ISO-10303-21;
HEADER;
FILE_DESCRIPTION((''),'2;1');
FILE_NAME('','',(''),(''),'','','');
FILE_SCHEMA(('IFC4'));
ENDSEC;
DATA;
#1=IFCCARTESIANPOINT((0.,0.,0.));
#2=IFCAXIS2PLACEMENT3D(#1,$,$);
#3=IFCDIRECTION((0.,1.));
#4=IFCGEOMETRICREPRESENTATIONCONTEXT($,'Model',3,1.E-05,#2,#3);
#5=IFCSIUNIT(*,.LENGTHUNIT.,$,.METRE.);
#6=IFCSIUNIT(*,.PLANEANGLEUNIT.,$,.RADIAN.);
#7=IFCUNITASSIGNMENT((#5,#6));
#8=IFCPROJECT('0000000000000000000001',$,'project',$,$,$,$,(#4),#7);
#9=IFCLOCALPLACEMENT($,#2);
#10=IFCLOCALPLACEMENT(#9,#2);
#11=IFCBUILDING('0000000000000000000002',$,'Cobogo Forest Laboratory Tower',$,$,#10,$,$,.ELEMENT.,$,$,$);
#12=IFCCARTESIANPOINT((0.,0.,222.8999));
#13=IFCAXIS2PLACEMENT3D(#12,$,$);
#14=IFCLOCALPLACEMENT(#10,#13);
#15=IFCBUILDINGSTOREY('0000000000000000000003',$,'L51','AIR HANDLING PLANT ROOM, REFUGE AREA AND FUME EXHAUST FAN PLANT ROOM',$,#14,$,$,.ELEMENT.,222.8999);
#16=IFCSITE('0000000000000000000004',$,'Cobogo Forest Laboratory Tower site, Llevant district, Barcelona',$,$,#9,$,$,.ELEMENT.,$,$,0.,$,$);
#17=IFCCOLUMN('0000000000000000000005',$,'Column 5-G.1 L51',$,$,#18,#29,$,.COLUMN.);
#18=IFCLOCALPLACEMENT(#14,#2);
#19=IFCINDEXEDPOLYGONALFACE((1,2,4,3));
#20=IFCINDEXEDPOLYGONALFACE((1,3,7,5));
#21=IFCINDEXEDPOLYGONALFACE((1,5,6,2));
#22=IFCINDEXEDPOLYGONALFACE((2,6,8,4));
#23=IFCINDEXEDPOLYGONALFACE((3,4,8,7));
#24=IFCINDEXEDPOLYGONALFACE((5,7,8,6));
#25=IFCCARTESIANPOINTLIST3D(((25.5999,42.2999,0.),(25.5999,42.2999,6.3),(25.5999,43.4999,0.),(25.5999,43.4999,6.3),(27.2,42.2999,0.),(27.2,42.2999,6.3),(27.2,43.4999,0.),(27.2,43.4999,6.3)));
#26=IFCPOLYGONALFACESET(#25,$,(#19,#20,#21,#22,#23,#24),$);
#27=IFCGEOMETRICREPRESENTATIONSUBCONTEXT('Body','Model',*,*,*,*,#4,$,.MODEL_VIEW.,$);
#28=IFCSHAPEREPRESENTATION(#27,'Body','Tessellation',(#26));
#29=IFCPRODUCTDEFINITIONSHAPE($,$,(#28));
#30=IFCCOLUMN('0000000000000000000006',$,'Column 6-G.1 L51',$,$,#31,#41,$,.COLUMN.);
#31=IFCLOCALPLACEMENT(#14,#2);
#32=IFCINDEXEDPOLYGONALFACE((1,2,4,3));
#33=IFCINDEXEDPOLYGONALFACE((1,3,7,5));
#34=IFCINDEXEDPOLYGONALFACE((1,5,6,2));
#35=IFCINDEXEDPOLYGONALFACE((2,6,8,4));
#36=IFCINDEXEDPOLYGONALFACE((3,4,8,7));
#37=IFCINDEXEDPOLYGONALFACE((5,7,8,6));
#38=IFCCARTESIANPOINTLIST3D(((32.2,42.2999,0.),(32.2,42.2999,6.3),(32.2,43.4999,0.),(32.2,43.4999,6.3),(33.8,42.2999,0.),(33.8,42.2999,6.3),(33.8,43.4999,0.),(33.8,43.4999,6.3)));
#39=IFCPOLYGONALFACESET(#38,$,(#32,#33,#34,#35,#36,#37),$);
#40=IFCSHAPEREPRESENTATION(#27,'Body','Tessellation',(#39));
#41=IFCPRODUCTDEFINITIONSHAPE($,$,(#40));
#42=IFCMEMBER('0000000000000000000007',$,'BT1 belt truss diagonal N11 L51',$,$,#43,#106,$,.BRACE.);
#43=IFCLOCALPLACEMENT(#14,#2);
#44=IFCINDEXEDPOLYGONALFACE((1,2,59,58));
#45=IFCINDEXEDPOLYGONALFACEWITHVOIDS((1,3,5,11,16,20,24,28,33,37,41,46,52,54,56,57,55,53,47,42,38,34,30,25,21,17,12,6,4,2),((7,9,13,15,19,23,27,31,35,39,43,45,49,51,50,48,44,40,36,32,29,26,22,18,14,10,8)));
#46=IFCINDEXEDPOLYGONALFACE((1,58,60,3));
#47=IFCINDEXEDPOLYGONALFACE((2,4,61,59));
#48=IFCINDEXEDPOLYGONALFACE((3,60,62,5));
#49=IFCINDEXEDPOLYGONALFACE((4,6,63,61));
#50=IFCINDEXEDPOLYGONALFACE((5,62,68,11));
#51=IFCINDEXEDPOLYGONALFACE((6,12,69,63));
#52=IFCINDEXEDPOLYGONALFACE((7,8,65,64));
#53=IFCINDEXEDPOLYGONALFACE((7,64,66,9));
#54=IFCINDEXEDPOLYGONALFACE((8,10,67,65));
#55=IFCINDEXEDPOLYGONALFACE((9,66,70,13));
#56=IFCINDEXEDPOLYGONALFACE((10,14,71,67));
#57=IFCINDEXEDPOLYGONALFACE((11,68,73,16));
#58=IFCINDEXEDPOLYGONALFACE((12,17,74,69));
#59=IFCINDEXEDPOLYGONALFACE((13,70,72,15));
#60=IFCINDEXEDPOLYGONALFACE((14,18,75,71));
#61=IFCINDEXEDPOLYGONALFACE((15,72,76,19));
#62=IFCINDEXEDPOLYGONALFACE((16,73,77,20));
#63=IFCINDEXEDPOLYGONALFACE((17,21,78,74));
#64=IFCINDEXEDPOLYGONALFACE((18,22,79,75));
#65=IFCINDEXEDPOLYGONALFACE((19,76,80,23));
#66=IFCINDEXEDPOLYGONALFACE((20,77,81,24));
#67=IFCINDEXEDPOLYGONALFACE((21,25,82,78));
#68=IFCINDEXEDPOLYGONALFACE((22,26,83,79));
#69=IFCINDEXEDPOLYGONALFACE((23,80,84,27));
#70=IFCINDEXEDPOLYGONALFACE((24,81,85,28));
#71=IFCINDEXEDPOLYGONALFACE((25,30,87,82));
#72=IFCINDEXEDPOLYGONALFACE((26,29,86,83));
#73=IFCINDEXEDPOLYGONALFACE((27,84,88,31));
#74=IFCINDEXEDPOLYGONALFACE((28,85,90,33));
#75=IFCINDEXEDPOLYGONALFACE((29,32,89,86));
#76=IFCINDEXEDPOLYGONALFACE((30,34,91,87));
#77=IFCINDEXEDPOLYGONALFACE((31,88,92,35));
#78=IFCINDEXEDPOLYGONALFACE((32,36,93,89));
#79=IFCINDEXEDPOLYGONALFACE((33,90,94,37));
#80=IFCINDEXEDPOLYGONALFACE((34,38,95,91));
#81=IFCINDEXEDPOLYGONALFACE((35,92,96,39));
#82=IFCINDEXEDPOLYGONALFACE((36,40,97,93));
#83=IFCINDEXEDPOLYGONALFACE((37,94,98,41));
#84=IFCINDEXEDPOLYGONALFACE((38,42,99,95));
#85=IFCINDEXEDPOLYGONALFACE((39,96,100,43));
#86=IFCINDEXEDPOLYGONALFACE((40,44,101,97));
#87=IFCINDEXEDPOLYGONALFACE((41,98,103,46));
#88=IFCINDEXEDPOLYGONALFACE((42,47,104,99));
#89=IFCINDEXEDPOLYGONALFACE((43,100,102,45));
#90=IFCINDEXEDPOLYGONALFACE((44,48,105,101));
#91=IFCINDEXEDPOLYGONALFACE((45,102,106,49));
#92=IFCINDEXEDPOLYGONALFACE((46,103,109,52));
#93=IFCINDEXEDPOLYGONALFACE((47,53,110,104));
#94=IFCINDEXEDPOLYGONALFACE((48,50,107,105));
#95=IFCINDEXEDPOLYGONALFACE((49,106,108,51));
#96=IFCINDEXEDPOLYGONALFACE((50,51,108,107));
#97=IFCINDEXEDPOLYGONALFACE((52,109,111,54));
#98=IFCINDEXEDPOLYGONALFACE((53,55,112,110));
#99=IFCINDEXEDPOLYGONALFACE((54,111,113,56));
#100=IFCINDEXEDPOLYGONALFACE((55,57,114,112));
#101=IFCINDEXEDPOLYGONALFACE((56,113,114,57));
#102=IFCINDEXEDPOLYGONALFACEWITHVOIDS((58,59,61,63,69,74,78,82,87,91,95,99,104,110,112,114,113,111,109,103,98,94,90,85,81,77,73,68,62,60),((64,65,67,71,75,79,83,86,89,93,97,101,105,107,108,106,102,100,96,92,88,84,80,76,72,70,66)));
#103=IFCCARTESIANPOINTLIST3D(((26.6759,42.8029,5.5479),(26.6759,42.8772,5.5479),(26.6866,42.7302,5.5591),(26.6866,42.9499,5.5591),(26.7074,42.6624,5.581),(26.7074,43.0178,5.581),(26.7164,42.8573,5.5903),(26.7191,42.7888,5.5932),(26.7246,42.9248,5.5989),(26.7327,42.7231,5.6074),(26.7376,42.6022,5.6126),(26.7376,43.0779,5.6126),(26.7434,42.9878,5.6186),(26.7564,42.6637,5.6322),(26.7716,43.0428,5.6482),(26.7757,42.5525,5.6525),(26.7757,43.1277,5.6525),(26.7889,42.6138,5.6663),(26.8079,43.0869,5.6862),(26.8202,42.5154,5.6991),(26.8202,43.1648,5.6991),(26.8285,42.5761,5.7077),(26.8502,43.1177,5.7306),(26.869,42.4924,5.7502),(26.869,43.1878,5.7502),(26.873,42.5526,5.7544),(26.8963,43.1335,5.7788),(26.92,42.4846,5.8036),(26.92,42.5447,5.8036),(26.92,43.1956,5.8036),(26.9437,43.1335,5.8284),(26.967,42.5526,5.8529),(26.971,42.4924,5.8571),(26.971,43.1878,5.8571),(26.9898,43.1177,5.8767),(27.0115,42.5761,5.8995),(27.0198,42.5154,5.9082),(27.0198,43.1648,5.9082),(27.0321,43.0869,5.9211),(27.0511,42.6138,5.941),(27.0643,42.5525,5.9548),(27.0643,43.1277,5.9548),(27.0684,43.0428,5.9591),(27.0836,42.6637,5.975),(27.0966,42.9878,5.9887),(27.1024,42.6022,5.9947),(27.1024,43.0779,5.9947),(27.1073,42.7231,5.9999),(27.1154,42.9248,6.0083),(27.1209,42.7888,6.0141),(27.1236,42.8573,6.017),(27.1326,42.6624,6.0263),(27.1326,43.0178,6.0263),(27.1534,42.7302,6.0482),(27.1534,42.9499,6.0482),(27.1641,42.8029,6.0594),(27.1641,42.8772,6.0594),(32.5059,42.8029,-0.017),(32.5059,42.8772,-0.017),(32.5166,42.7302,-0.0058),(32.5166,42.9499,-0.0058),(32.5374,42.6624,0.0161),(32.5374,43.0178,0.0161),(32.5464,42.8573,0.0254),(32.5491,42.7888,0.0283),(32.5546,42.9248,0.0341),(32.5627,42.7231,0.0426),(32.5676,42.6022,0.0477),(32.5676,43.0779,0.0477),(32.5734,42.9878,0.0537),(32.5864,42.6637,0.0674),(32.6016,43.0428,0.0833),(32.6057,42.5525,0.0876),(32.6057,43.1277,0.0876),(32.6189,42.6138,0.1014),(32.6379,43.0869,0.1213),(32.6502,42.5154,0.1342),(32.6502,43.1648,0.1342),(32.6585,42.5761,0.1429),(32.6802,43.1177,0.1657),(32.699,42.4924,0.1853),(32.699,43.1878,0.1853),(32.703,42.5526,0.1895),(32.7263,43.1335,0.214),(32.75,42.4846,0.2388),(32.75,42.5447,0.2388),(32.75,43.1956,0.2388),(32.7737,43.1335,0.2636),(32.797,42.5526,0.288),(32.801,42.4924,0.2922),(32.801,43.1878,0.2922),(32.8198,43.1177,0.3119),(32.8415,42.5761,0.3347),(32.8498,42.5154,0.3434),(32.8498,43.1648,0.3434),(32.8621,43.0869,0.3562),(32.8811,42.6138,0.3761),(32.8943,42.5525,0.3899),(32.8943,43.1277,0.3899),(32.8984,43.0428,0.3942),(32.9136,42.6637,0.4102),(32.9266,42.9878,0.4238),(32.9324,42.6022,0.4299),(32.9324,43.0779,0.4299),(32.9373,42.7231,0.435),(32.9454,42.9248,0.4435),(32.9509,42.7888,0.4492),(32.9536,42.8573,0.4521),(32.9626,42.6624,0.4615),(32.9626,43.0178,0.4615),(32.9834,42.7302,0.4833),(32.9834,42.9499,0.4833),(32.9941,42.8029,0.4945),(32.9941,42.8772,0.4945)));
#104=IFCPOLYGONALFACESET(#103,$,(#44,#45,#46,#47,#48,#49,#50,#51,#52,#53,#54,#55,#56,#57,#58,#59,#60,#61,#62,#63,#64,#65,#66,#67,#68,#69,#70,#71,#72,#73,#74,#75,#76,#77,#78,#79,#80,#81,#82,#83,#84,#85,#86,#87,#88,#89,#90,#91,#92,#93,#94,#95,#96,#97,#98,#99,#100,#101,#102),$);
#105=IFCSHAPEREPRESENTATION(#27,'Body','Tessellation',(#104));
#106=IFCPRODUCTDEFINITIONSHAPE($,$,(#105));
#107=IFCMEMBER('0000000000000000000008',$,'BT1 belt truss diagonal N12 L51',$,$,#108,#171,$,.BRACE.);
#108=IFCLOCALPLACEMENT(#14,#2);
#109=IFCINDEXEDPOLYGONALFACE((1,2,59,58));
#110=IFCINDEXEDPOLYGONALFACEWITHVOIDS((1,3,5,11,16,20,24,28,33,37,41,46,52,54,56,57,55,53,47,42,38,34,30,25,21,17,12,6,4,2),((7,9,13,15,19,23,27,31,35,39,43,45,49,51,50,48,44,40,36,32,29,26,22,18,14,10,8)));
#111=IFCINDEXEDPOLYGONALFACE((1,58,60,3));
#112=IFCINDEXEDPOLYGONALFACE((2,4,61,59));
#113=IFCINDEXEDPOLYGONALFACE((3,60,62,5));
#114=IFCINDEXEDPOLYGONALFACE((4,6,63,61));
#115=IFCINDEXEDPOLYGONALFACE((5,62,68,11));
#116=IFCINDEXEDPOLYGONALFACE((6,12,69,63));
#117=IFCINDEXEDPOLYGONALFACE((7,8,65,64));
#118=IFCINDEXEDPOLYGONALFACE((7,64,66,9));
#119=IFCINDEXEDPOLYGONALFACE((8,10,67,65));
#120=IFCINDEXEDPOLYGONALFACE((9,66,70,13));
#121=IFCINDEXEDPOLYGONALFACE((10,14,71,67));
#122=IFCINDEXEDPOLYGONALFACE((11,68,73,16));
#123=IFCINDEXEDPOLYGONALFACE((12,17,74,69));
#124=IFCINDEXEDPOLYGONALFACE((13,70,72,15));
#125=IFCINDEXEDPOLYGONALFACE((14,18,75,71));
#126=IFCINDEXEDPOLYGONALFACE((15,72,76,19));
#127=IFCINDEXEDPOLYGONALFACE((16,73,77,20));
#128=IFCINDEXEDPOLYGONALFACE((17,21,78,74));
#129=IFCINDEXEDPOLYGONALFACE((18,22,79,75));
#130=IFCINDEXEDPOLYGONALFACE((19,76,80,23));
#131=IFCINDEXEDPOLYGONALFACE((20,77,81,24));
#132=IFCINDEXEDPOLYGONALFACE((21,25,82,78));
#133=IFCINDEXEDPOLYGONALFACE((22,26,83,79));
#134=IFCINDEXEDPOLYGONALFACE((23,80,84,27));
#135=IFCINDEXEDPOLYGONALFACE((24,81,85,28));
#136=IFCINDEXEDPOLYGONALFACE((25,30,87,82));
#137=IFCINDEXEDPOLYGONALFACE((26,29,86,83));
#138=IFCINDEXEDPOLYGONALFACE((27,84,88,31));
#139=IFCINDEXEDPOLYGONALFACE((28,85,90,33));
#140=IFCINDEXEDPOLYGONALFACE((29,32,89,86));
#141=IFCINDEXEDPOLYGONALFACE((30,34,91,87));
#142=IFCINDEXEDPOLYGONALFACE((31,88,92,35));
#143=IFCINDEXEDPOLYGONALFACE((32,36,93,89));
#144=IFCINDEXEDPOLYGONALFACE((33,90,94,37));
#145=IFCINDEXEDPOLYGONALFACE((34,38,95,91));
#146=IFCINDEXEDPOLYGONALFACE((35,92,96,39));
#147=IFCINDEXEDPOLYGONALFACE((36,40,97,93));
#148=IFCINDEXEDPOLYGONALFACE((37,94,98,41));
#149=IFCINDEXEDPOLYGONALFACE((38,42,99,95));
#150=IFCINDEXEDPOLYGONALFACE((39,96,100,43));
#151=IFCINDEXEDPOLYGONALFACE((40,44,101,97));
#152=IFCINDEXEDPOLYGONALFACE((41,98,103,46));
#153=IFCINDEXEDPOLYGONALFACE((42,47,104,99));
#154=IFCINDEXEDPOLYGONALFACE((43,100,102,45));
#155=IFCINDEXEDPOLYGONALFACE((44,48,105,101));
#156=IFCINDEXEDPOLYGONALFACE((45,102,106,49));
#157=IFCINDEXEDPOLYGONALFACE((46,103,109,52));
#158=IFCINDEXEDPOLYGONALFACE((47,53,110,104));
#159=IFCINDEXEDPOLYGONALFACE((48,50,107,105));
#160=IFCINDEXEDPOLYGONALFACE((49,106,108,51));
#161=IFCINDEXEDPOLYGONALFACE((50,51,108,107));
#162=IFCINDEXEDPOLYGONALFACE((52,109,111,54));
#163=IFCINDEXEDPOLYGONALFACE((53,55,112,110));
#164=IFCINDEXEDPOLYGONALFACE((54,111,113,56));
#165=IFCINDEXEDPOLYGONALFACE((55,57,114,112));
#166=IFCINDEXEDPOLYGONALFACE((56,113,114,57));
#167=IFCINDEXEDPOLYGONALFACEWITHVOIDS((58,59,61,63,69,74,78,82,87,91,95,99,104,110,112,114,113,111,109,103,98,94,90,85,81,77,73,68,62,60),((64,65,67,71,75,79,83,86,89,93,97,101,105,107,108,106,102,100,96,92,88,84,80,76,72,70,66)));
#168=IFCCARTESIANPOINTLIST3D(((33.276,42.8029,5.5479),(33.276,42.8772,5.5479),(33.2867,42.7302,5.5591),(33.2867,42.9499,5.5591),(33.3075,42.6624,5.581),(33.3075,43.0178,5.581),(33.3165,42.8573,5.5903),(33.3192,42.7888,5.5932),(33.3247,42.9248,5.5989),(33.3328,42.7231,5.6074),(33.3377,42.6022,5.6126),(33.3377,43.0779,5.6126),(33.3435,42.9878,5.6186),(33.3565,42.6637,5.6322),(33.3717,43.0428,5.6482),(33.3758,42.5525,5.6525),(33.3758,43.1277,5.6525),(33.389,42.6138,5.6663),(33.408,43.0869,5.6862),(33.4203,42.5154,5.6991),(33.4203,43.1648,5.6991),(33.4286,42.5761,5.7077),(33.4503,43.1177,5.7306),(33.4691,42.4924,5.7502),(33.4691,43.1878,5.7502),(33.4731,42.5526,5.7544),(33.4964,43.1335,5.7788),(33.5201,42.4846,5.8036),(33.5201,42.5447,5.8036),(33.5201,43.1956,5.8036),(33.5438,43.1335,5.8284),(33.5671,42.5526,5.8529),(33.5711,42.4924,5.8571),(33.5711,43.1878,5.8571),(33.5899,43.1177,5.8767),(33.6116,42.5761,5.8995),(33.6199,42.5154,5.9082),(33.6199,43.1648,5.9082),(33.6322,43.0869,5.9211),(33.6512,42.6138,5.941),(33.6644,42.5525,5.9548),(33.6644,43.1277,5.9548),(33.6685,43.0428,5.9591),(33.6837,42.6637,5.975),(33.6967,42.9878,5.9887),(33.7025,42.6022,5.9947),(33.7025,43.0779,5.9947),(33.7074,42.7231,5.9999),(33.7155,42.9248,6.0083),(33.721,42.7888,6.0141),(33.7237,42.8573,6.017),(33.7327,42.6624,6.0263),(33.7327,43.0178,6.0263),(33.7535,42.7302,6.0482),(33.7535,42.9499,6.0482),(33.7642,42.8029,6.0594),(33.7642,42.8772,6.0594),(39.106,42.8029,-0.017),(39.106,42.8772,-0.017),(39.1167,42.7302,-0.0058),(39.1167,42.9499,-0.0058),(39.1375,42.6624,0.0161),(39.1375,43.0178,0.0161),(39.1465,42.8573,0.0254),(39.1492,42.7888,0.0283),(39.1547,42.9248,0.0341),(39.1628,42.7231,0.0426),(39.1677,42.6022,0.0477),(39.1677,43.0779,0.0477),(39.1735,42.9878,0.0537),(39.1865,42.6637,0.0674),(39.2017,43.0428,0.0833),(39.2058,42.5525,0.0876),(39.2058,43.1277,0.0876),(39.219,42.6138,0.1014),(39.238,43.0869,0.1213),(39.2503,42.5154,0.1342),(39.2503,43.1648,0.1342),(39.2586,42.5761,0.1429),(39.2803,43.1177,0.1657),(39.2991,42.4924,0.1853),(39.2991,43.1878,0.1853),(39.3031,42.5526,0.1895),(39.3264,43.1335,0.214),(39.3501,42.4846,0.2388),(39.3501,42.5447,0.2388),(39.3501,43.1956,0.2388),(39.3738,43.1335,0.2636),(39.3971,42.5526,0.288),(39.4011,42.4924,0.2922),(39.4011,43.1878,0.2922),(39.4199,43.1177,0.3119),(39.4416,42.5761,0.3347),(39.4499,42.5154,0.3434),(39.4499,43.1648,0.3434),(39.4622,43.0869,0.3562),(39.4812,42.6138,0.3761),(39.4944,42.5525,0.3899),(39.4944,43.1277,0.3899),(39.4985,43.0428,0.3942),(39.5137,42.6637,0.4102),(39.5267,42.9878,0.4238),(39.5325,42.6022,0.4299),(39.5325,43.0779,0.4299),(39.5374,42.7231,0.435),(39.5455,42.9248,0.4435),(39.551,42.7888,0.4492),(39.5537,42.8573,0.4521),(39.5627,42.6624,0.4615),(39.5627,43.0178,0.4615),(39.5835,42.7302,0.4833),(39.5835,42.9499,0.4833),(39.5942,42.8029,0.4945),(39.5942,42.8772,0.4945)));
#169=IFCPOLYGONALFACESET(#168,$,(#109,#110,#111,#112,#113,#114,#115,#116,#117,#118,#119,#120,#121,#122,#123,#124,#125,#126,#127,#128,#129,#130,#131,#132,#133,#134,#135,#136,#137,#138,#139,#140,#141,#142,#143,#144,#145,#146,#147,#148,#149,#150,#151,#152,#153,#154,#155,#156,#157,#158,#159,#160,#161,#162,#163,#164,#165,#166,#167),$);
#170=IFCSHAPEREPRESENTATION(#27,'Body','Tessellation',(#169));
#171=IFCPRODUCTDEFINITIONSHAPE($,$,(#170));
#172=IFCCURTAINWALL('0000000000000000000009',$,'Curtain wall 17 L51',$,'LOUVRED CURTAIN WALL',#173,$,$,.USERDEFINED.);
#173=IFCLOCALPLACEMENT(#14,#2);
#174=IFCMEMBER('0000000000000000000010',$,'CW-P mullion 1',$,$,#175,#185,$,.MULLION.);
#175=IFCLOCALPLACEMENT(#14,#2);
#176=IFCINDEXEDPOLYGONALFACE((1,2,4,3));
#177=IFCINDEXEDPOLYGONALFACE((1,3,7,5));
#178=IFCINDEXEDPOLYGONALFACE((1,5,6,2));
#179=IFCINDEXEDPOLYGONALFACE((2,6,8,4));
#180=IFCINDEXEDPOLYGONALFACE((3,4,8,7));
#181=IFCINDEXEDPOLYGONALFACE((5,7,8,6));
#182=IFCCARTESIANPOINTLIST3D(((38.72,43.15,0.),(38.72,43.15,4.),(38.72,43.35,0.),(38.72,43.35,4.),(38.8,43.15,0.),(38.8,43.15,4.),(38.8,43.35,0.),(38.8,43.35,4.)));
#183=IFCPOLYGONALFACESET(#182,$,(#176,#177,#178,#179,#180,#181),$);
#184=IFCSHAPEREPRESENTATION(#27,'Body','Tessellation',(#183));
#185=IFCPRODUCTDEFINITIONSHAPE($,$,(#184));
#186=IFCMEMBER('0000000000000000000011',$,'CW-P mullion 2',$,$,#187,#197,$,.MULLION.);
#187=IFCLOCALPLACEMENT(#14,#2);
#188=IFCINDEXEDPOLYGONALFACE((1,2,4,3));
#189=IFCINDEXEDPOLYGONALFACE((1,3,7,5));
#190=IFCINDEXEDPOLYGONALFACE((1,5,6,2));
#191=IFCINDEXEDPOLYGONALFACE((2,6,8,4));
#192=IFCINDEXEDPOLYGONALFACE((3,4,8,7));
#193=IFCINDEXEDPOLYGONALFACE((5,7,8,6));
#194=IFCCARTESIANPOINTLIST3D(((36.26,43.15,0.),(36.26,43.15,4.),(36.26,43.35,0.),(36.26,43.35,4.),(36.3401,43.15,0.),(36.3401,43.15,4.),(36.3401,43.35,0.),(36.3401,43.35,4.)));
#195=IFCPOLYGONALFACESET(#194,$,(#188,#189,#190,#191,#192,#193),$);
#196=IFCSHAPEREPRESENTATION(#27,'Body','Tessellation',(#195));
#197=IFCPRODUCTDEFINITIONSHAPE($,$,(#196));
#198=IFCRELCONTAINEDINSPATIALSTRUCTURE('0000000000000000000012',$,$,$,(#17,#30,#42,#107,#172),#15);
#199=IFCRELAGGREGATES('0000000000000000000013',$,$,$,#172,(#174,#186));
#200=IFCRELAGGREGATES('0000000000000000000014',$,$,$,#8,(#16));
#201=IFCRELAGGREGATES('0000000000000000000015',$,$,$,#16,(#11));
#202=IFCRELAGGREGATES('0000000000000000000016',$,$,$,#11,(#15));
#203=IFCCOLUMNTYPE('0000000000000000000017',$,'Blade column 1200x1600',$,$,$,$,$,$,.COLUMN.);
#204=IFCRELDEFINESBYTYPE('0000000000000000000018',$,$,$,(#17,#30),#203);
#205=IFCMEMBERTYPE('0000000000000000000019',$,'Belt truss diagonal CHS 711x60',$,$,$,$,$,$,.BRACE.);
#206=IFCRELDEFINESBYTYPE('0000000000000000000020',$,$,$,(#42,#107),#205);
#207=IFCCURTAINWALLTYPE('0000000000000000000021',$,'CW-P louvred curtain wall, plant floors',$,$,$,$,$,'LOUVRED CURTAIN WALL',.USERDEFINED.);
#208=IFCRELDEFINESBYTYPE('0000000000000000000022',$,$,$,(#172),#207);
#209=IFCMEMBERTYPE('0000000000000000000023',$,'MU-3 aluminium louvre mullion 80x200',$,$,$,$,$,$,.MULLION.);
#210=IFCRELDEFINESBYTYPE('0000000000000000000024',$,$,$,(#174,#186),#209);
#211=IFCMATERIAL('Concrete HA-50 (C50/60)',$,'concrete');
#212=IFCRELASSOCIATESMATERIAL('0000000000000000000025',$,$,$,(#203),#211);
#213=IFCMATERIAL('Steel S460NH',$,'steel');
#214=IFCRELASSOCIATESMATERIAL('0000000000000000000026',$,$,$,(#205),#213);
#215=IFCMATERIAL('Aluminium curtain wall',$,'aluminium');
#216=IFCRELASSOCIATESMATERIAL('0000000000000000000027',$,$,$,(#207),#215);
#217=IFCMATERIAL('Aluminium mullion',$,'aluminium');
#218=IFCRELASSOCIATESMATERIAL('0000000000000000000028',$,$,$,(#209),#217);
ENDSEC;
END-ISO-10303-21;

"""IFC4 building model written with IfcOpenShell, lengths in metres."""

from ifc_helpers import new_model, si_unit, direction, frame, origin, origin_2d, place, context, subcontext, project, spatial, rectangle, hollow_circle, extrude, material, material_profile, profile_set, type_object, element, aggregate, save


model = new_model("IFC4")

# Units and contexts
model_context = context("Model", 3, precision=1e-05, world=origin(), true_north=direction((0.0, 1.0)))
body_context = subcontext(model_context, "Body", "Model", "MODEL_VIEW")
ifc_project = project(units=[si_unit("LENGTHUNIT", "METRE"), si_unit("PLANEANGLEUNIT", "RADIAN")], contexts=[model_context])

# Site, building, storey
site_placement = place(None, origin())
site = spatial("IfcSite", under=ifc_project, at=site_placement, Name="Cobogo Forest Laboratory Tower site, Llevant district, Barcelona", CompositionType="ELEMENT", RefElevation=0.0)
building_placement = place(site_placement, origin())
building = spatial("IfcBuilding", under=site, at=building_placement, Name="Cobogo Forest Laboratory Tower", CompositionType="ELEMENT")
storey_placement = place(building_placement, frame((0.0, 0.0, 222.8999)))
storey = spatial("IfcBuildingStorey", under=building, at=storey_placement, Name="L51", Description="AIR HANDLING PLANT ROOM, REFUGE AREA AND FUME EXHAUST FAN PLANT ROOM", CompositionType="ELEMENT", Elevation=222.8999)

# Columns
ifc_material_1 = material(Name="Concrete HA-50 (C50/60)", Category="concrete")
ifc_material_profile_1 = material_profile(ifc_material_1, rectangle(XDim=1.6001, YDim=1.2, at=origin_2d()), Name="RC 1200x1600")
ifc_profile_set_1 = profile_set([ifc_material_profile_1], Name="Concrete HA-50 (C50/60)")
column_type = type_object("IfcColumnType", Name="Blade column 1200x1600", PredefinedType="COLUMN", material=ifc_profile_set_1)
for number, where, z_axis, x_axis, name in (
    (1, (26.3999, 42.8999, 0.0), (0.0, 0.0, 1.0), (1.0, 0.0, 0.0), "Column 5-G.1 L51"),
    (2, (33.0, 42.8999, 0.0), (0.0, 0.0, 1.0), (1.0, 0.0, 0.0), "Column 6-G.1 L51"),
):
    element("IfcColumn", number, at=place(storey_placement, frame(where, z_axis=z_axis, x_axis=x_axis)), inside=storey, type_object=column_type, Name=name, PredefinedType="COLUMN", context=body_context, shape_type="SweptSolid", body=[
        extrude(rectangle(XDim=1.6001, YDim=1.2, at=origin_2d()), origin(), (0.0, 0.0, 1.0), 6.3),
    ])

# Members
ifc_material_2 = material(Name="Steel S460NH", Category="steel")
ifc_material_profile_2 = material_profile(ifc_material_2, hollow_circle(Radius=0.3555, WallThickness=0.0601, at=origin_2d()), Name="CHS 711x60")
ifc_profile_set_2 = profile_set([ifc_material_profile_2], Name="Steel S460NH")
member_type_1 = type_object("IfcMemberType", Name="Belt truss diagonal CHS 711x60", PredefinedType="BRACE", material=ifc_profile_set_2)
for number, where, z_axis, x_axis, name in (
    (3, (32.75, 42.8401, 0.2388), (-0.723364, 0.0, 0.690467), (0.0, -1.0, 0.0), "BT1 belt truss diagonal N11 L51"),
    (4, (39.3501, 42.8401, 0.2388), (-0.723364, 0.0, 0.690467), (0.0, -1.0, 0.0), "BT1 belt truss diagonal N12 L51"),
):
    element("IfcMember", number, at=place(storey_placement, frame(where, z_axis=z_axis, x_axis=x_axis)), inside=storey, type_object=member_type_1, Name=name, PredefinedType="BRACE", context=body_context, shape_type="SweptSolid", body=[
        extrude(hollow_circle(Radius=0.3555, WallThickness=0.0601, at=origin_2d()), origin(), (0.0, 0.0, 1.0), 8.0596),
    ])

# Curtain wall, members
ifc_material_3 = material(Name="Aluminium curtain wall", Category="aluminium")
curtain_wall_type = type_object("IfcCurtainWallType", Name="CW-P louvred curtain wall, plant floors", ElementType="LOUVRED CURTAIN WALL", PredefinedType="USERDEFINED", material=ifc_material_3)
curtain_wall_1_placement = place(storey_placement, origin())
curtain_wall_1 = element("IfcCurtainWall", 5, at=curtain_wall_1_placement, inside=storey, type_object=curtain_wall_type, Name="Curtain wall 17 L51", ObjectType="LOUVRED CURTAIN WALL", PredefinedType="USERDEFINED")
ifc_material_4 = material(Name="Aluminium mullion", Category="aluminium")
ifc_material_profile_3 = material_profile(ifc_material_4, rectangle(XDim=0.0801, YDim=0.2, at=origin_2d()), Name="AL 80x200")
ifc_profile_set_3 = profile_set([ifc_material_profile_3], Name="Aluminium mullion")
member_type_2 = type_object("IfcMemberType", Name="MU-3 aluminium louvre mullion 80x200", PredefinedType="MULLION", material=ifc_profile_set_3)
member_1_placement = place(storey_placement, frame((38.76, 43.25, 0.0), z_axis=(0.0, 0.0, 1.0), x_axis=(-1.0, 0.0, 0.0)))
member_1 = element("IfcMember", 6, at=member_1_placement, type_object=member_type_2, Name="CW-P mullion 1", PredefinedType="MULLION", context=body_context, shape_type="SweptSolid", body=[
    extrude(rectangle(XDim=0.0801, YDim=0.2, at=origin_2d()), origin(), (0.0, 0.0, 1.0), 4.0),
])
member_2_placement = place(storey_placement, frame((36.3, 43.25, 0.0), z_axis=(0.0, 0.0, 1.0), x_axis=(-1.0, 0.0, 0.0)))
member_2 = element("IfcMember", 7, at=member_2_placement, type_object=member_type_2, Name="CW-P mullion 2", PredefinedType="MULLION", context=body_context, shape_type="SweptSolid", body=[
    extrude(rectangle(XDim=0.0801, YDim=0.2, at=origin_2d()), origin(), (0.0, 0.0, 1.0), 4.0),
])

aggregate(curtain_wall_1, [member_1, member_2])

save(model, "model.ifc")
